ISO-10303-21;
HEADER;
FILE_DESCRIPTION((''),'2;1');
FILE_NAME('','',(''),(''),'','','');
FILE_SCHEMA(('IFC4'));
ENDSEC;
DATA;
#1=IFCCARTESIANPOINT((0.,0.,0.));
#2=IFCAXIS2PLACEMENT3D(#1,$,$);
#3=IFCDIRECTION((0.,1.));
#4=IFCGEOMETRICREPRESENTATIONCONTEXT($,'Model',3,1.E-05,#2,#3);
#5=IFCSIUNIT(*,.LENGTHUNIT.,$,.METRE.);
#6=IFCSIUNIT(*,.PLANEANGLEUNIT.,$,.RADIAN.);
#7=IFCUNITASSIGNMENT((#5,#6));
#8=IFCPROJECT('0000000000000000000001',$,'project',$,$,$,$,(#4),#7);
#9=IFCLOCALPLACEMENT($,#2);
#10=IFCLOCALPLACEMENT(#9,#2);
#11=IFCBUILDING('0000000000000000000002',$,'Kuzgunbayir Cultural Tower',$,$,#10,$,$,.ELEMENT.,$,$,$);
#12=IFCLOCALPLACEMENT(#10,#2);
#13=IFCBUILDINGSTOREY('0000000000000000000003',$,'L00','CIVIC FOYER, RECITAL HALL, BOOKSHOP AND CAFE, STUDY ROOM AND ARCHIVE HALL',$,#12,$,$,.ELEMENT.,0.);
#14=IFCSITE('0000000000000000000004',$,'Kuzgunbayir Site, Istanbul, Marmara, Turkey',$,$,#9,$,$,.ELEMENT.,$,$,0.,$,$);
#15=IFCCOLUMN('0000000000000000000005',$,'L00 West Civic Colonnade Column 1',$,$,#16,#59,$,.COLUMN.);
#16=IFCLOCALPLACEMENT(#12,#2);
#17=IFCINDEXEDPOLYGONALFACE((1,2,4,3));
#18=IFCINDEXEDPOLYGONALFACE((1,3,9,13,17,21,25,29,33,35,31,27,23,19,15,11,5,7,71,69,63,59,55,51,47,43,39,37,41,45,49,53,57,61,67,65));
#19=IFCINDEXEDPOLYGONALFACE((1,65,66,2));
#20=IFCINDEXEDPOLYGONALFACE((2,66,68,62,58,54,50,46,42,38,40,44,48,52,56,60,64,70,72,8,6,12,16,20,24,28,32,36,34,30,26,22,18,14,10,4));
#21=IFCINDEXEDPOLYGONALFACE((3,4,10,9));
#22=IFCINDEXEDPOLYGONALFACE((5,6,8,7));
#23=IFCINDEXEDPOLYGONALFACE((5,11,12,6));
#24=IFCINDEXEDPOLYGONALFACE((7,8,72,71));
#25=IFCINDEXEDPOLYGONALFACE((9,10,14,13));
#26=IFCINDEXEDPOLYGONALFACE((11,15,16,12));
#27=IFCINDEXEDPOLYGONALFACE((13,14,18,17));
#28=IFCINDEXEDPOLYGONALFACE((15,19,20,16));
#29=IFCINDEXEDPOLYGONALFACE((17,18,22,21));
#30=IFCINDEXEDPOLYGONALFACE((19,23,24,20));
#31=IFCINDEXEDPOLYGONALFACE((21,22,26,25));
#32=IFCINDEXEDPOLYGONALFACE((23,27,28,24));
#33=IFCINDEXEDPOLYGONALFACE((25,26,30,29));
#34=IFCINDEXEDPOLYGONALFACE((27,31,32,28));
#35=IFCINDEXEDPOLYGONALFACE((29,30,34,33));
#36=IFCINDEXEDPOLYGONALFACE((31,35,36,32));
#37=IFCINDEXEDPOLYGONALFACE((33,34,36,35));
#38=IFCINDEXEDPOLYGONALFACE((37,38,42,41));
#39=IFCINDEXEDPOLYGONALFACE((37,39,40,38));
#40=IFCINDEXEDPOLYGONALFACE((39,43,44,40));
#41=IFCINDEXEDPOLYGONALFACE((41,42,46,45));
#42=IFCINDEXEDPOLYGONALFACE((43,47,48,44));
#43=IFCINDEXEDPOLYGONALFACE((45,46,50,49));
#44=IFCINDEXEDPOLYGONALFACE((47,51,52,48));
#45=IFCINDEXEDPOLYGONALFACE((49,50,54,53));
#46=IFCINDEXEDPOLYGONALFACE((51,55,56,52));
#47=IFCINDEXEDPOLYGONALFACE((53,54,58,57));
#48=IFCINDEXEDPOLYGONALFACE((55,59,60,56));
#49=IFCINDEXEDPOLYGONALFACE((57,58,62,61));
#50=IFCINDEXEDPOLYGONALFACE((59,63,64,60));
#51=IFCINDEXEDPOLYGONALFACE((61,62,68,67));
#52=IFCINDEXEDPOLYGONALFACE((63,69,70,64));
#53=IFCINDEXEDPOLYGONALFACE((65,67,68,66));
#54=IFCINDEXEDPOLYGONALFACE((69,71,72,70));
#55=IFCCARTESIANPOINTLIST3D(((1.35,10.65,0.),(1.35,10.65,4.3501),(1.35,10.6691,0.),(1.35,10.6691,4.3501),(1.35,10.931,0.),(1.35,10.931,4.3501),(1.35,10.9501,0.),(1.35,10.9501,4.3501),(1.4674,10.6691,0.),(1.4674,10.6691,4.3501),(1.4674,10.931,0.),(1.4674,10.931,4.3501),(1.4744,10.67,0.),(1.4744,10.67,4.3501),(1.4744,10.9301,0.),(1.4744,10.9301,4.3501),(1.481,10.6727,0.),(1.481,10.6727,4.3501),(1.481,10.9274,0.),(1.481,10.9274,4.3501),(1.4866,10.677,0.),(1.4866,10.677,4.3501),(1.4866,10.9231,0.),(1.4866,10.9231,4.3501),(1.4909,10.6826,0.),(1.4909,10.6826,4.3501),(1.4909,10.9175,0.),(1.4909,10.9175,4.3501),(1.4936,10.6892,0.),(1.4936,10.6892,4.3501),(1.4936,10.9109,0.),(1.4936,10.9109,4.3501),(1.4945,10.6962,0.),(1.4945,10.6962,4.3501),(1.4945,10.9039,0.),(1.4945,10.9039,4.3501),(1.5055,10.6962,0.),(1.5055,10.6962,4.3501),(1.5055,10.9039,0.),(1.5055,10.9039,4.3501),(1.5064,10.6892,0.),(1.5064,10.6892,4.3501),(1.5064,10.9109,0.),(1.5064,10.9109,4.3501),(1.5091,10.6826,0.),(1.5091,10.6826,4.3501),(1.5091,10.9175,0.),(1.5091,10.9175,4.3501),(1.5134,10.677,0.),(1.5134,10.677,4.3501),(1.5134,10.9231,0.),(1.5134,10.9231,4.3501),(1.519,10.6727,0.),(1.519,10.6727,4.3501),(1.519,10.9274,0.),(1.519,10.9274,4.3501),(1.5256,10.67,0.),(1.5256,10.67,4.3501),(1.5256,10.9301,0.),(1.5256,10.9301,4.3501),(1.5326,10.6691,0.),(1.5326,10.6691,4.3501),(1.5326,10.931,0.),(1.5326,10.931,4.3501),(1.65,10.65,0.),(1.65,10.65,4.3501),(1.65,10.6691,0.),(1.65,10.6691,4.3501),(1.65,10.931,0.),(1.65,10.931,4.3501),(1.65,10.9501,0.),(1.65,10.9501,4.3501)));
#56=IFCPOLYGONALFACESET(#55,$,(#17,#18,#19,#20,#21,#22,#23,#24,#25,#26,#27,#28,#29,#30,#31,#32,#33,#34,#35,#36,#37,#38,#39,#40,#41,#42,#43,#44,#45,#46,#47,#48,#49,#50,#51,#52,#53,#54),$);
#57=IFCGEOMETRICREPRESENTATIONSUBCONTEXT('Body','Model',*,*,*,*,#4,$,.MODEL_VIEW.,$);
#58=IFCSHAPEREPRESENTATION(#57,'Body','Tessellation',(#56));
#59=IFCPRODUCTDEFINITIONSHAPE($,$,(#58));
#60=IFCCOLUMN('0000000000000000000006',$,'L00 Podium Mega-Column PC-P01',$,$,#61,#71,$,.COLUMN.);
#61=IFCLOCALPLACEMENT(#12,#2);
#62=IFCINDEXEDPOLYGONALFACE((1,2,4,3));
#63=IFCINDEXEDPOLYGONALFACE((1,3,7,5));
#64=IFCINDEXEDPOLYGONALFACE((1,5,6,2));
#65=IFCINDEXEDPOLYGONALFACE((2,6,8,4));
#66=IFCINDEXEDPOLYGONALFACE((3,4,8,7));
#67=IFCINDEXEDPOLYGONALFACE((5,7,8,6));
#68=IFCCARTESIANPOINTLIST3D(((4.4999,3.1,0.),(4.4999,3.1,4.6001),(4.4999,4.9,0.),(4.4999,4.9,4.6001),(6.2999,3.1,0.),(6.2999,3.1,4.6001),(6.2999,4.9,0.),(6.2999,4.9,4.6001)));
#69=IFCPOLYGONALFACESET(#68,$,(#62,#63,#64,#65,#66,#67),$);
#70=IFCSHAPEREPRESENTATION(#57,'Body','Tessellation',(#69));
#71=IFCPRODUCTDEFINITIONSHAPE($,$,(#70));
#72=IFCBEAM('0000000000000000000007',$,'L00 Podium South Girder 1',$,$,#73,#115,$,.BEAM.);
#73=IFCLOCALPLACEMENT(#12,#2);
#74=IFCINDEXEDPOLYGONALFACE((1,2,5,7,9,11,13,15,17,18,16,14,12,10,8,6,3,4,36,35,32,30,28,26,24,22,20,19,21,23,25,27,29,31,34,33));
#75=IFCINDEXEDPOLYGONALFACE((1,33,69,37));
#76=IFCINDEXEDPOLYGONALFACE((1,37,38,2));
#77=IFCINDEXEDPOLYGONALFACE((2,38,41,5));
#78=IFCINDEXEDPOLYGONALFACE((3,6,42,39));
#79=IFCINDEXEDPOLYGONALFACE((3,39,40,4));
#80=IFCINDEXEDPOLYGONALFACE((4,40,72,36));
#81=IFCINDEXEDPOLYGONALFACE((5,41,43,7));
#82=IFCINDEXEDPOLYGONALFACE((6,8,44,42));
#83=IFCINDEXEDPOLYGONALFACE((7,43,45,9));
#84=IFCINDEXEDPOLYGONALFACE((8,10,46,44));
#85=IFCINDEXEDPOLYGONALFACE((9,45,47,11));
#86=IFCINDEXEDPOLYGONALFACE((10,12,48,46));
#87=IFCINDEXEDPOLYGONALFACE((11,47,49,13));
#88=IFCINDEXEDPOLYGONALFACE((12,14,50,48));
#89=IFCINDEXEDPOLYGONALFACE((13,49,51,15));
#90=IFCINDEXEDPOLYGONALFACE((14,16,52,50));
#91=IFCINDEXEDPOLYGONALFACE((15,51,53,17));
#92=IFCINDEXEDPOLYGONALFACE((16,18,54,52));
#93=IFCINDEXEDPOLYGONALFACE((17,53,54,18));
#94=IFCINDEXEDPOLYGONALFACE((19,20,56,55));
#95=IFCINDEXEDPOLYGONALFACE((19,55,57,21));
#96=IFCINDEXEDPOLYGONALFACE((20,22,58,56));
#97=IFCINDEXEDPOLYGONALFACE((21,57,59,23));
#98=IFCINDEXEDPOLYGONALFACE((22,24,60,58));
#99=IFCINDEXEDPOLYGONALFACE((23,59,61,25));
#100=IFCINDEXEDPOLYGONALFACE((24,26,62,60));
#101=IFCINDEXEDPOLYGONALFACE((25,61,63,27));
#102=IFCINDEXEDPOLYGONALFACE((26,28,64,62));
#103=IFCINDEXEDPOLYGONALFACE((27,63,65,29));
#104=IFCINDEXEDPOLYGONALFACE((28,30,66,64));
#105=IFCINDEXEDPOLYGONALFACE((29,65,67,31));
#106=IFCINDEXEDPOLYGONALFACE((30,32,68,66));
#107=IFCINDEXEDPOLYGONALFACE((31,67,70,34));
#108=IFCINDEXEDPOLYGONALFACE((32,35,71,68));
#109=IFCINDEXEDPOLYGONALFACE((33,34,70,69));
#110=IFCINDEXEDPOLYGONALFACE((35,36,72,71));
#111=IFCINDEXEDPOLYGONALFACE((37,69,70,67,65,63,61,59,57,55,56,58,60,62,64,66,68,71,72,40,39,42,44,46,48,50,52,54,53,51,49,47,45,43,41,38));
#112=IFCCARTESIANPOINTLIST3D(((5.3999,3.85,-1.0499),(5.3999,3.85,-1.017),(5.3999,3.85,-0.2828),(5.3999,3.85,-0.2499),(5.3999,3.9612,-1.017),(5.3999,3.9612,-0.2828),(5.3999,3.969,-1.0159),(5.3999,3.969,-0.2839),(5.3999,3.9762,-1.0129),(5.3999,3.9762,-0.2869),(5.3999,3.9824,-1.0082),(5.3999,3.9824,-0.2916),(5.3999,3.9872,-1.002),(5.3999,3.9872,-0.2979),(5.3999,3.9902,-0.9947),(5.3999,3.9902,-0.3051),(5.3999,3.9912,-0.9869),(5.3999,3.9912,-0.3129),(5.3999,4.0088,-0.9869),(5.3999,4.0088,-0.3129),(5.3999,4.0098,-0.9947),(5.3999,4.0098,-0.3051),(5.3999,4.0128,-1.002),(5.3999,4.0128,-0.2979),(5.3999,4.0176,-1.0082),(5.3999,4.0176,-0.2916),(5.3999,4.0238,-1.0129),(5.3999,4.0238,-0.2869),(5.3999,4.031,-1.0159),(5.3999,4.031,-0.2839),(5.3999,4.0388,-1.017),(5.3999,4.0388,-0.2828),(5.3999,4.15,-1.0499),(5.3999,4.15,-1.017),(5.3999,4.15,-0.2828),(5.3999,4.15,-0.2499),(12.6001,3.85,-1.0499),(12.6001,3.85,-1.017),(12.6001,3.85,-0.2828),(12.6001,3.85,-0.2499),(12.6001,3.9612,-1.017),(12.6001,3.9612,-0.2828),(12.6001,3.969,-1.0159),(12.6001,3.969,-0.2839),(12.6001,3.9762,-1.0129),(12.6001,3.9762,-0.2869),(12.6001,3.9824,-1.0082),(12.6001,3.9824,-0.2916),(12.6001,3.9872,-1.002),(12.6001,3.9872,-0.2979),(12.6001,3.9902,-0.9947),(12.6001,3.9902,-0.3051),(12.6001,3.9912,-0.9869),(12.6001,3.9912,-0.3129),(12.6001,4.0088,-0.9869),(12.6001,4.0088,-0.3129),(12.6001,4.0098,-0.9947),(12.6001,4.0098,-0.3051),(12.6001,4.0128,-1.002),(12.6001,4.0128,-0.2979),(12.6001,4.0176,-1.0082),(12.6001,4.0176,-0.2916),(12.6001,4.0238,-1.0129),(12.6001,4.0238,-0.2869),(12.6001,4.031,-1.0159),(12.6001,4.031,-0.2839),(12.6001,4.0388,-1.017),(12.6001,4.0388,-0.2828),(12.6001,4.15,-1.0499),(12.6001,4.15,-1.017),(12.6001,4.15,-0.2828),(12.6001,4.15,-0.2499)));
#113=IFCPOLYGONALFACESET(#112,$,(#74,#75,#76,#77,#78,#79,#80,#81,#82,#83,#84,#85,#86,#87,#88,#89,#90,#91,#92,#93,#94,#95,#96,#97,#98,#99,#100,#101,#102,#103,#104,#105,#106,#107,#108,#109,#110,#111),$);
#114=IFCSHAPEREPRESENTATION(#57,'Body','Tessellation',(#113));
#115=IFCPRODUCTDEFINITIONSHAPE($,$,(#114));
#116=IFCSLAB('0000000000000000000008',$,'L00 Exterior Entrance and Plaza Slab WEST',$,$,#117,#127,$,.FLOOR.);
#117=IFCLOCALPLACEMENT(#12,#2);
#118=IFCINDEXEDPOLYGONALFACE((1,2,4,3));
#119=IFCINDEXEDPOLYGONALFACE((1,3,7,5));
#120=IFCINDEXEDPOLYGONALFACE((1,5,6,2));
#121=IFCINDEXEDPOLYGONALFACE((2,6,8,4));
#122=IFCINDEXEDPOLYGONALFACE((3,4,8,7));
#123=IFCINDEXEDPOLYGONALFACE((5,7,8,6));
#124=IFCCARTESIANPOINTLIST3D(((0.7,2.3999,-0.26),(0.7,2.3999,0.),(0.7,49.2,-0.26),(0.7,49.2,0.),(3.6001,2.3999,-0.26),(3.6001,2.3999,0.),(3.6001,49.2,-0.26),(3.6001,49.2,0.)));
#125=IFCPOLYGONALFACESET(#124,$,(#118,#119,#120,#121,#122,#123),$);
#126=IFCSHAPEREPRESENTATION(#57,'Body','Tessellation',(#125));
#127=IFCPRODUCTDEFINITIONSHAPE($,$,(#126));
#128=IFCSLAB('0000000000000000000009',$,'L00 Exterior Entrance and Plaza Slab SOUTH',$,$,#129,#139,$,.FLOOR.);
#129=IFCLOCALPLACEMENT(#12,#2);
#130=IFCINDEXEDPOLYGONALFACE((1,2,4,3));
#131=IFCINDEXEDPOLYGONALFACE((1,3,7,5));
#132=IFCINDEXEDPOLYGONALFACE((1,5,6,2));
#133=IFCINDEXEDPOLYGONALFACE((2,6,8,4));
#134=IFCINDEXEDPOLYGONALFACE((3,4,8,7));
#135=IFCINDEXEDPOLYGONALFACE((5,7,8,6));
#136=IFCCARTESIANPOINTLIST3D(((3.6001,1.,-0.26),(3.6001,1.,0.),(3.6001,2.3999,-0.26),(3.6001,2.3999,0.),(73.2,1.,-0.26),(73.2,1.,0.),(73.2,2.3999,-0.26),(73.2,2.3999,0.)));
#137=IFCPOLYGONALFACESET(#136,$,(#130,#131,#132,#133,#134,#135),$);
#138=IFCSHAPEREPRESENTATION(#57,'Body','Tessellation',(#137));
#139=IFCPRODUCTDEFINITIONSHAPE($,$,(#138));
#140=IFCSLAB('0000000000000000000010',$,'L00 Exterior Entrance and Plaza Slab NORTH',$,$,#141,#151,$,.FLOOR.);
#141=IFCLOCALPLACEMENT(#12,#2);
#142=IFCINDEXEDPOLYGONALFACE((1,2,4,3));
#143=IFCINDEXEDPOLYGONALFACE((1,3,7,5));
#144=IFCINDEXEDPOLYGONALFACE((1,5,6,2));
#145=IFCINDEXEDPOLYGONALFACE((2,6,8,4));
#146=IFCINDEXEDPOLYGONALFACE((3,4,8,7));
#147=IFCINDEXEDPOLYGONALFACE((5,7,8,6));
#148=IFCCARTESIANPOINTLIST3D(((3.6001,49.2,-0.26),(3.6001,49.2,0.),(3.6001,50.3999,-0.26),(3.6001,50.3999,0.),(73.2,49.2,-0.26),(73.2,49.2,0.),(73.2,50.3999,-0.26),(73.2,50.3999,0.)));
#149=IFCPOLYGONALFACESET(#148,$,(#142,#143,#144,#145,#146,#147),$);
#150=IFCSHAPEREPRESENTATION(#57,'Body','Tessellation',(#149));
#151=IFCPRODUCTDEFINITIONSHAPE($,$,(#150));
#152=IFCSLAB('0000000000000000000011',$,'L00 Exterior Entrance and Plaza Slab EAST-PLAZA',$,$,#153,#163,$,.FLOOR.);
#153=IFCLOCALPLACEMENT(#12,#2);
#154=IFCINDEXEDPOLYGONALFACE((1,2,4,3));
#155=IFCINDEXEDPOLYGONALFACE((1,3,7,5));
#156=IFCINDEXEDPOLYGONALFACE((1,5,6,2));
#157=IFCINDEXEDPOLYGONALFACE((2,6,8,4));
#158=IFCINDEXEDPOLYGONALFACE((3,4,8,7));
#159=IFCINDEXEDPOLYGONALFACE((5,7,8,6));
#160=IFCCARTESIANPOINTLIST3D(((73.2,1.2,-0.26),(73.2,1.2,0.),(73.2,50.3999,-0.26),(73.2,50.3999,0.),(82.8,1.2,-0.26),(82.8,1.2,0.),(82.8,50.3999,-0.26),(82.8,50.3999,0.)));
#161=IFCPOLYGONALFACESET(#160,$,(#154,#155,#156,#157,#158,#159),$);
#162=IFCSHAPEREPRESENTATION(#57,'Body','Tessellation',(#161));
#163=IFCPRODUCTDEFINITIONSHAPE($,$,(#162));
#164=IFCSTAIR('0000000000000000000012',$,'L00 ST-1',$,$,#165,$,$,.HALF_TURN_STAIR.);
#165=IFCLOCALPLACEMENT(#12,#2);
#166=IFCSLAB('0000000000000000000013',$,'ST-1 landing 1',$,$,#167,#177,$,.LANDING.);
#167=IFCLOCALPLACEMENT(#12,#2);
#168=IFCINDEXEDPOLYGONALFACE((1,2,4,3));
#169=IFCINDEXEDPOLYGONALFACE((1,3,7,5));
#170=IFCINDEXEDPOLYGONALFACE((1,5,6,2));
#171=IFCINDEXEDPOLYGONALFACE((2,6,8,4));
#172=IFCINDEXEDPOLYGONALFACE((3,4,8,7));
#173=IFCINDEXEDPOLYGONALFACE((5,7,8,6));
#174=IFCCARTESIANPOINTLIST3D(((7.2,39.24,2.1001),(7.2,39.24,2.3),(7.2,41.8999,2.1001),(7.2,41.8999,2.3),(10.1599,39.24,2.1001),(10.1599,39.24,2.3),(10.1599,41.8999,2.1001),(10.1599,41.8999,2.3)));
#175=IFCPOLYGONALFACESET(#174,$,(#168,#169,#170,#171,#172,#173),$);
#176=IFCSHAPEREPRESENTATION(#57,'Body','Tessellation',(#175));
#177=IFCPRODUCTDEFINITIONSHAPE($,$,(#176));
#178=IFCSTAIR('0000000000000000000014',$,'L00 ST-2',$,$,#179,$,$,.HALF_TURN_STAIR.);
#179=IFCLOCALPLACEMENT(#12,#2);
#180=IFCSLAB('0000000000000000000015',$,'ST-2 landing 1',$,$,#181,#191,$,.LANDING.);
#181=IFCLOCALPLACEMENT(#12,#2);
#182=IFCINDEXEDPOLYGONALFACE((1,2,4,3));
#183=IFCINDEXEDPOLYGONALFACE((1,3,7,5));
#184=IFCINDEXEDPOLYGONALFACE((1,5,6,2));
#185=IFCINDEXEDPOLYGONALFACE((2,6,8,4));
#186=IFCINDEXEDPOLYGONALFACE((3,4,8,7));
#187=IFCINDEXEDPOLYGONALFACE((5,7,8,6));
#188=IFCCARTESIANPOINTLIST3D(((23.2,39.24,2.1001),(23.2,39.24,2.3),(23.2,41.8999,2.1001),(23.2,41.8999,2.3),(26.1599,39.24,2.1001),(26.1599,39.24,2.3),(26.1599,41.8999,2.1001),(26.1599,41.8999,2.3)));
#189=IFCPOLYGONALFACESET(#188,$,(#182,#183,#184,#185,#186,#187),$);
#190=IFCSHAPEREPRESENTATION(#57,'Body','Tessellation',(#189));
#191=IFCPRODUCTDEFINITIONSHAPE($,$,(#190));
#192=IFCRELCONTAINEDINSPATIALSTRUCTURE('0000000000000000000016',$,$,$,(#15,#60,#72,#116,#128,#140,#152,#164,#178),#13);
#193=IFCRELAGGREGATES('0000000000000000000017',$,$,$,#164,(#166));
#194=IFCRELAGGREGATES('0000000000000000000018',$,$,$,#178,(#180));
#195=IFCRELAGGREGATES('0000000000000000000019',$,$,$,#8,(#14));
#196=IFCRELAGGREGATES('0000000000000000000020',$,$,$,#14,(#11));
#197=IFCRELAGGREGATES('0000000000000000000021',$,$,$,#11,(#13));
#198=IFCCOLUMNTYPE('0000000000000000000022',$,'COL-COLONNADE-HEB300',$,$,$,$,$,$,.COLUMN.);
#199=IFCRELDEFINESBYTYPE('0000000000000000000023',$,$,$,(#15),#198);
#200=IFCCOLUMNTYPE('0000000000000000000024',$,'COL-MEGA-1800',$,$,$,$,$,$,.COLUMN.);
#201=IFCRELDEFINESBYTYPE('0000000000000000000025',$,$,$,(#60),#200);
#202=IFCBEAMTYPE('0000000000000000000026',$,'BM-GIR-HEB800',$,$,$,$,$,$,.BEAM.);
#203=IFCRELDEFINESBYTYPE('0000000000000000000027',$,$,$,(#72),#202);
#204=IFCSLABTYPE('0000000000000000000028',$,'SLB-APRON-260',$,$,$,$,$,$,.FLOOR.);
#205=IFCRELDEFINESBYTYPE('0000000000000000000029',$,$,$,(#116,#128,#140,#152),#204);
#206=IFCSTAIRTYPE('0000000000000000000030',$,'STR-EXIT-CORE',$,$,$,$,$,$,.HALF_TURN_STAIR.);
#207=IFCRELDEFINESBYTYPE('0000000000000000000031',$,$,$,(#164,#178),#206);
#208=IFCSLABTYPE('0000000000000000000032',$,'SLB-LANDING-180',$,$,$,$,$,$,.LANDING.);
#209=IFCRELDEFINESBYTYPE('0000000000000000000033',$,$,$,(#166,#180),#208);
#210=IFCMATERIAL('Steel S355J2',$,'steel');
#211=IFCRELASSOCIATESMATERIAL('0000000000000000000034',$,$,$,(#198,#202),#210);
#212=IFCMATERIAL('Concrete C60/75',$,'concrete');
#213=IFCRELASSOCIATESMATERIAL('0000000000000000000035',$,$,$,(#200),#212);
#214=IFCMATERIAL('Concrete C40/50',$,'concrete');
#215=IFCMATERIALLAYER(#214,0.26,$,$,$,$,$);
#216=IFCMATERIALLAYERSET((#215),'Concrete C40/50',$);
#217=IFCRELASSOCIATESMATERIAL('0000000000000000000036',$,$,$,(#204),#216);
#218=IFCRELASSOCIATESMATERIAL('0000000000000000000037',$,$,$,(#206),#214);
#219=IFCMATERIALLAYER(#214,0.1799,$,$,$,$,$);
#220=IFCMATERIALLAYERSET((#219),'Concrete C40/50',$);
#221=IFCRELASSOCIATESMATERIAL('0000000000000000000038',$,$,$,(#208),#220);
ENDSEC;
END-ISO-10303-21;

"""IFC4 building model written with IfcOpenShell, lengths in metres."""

from ifc_helpers import new_model, si_unit, direction, frame, origin, origin_2d, place, context, subcontext, project, spatial, polyline, rectangle, i_section, outline, extrude, material, layer, layer_set, material_profile, profile_set, type_object, element, aggregate, save


model = new_model("IFC4")

# Units and contexts
model_context = context("Model", 3, precision=1e-05, world=origin(), true_north=direction((0.0, 1.0)))
body_context = subcontext(model_context, "Body", "Model", "MODEL_VIEW")
ifc_project = project(units=[si_unit("LENGTHUNIT", "METRE"), si_unit("PLANEANGLEUNIT", "RADIAN")], contexts=[model_context])

# Site, building, storey
site_placement = place(None, origin())
site = spatial("IfcSite", under=ifc_project, at=site_placement, Name="Kuzgunbayir Site, Istanbul, Marmara, Turkey", CompositionType="ELEMENT", RefElevation=0.0)
building_placement = place(site_placement, origin())
building = spatial("IfcBuilding", under=site, at=building_placement, Name="Kuzgunbayir Cultural Tower", CompositionType="ELEMENT")
storey_placement = place(building_placement, origin())
storey = spatial("IfcBuildingStorey", under=building, at=storey_placement, Name="L00", Description="CIVIC FOYER, RECITAL HALL, BOOKSHOP AND CAFE, STUDY ROOM AND ARCHIVE HALL", CompositionType="ELEMENT", Elevation=0.0)

# Columns
ifc_material_1 = material(Name="Steel S355J2", Category="steel")
ifc_material_profile_1 = material_profile(ifc_material_1, i_section(OverallWidth=0.3, OverallDepth=0.3, WebThickness=0.011, FlangeThickness=0.019, FilletRadius=0.0271, at=origin_2d()), Name="HEB 300")
ifc_profile_set_1 = profile_set([ifc_material_profile_1], Name="Steel S355J2")
column_type_1 = type_object("IfcColumnType", Name="COL-COLONNADE-HEB300", PredefinedType="COLUMN", material=ifc_profile_set_1)
column_1_placement = place(storey_placement, frame((1.5, 10.8, 0.0), z_axis=(0.0, 0.0, 1.0), x_axis=(1.0, 0.0, 0.0)))
element("IfcColumn", 1, at=column_1_placement, inside=storey, type_object=column_type_1, Name="L00 West Civic Colonnade Column 1", PredefinedType="COLUMN", context=body_context, shape_type="SweptSolid", body=[
    extrude(i_section(OverallWidth=0.3, OverallDepth=0.3, WebThickness=0.011, FlangeThickness=0.019, FilletRadius=0.0271, at=origin_2d()), origin(), (0.0, 0.0, 1.0), 4.3501),
])
ifc_material_2 = material(Name="Concrete C60/75", Category="concrete")
ifc_material_profile_2 = material_profile(ifc_material_2, rectangle(XDim=1.8, YDim=1.8, at=origin_2d()), Name="RC 1800x1800")
ifc_profile_set_2 = profile_set([ifc_material_profile_2], Name="Concrete C60/75")
column_type_2 = type_object("IfcColumnType", Name="COL-MEGA-1800", PredefinedType="COLUMN", material=ifc_profile_set_2)
column_2_placement = place(storey_placement, frame((5.3999, 4.0, 0.0), z_axis=(0.0, 0.0, 1.0), x_axis=(1.0, 0.0, 0.0)))
element("IfcColumn", 2, at=column_2_placement, inside=storey, type_object=column_type_2, Name="L00 Podium Mega-Column PC-P01", PredefinedType="COLUMN", context=body_context, shape_type="SweptSolid", body=[
    extrude(rectangle(XDim=1.8, YDim=1.8, at=origin_2d()), origin(), (0.0, 0.0, 1.0), 4.6001),
])

# Beam
ifc_material_profile_3 = material_profile(ifc_material_1, i_section(OverallWidth=0.3, OverallDepth=0.8, WebThickness=0.0176, FlangeThickness=0.033, FilletRadius=0.03, at=origin_2d()), Name="HEB 800")
ifc_profile_set_3 = profile_set([ifc_material_profile_3], Name="Steel S355J2")
beam_type = type_object("IfcBeamType", Name="BM-GIR-HEB800", PredefinedType="BEAM", material=ifc_profile_set_3)
beam_placement = place(storey_placement, frame((5.3999, 4.0, -0.6499), z_axis=(1.0, 0.0, 0.0), x_axis=(0.0, 1.0, 0.0)))
element("IfcBeam", 3, at=beam_placement, inside=storey, type_object=beam_type, Name="L00 Podium South Girder 1", PredefinedType="BEAM", context=body_context, shape_type="SweptSolid", body=[
    extrude(i_section(OverallWidth=0.3, OverallDepth=0.8, WebThickness=0.0176, FlangeThickness=0.033, FilletRadius=0.03, at=origin_2d()), origin(), (0.0, 0.0, 1.0), 7.2002),
])

# Slabs
ifc_material_3 = material(Name="Concrete C40/50", Category="concrete")
ifc_layer_1 = layer(ifc_material_3, 0.26)
ifc_layer_set_1 = layer_set([ifc_layer_1], Name="Concrete C40/50")
slab_type_1 = type_object("IfcSlabType", Name="SLB-APRON-260", PredefinedType="FLOOR", material=ifc_layer_set_1)
slab_1_placement = place(storey_placement, frame((0.0, 0.0, -0.26)))
element("IfcSlab", 4, at=slab_1_placement, inside=storey, type_object=slab_type_1, Name="L00 Exterior Entrance and Plaza Slab WEST", PredefinedType="FLOOR", context=body_context, shape_type="SweptSolid", body=[
    extrude(outline(polyline([(0.7, 2.3999), (3.6001, 2.3999), (3.6001, 49.2), (0.7, 49.2), (0.7, 2.3999)])), origin(), (0.0, 0.0, 1.0), 0.26),
])
slab_2_placement = place(storey_placement, frame((0.0, 0.0, -0.26)))
element("IfcSlab", 5, at=slab_2_placement, inside=storey, type_object=slab_type_1, Name="L00 Exterior Entrance and Plaza Slab SOUTH", PredefinedType="FLOOR", context=body_context, shape_type="SweptSolid", body=[
    extrude(outline(polyline([(3.6001, 1.0), (73.2, 1.0), (73.2, 2.3999), (3.6001, 2.3999), (3.6001, 1.0)])), origin(), (0.0, 0.0, 1.0), 0.26),
])
slab_3_placement = place(storey_placement, frame((0.0, 0.0, -0.26)))
element("IfcSlab", 6, at=slab_3_placement, inside=storey, type_object=slab_type_1, Name="L00 Exterior Entrance and Plaza Slab NORTH", PredefinedType="FLOOR", context=body_context, shape_type="SweptSolid", body=[
    extrude(outline(polyline([(3.6001, 49.2), (73.2, 49.2), (73.2, 50.3999), (3.6001, 50.3999), (3.6001, 49.2)])), origin(), (0.0, 0.0, 1.0), 0.26),
])
slab_4_placement = place(storey_placement, frame((0.0, 0.0, -0.26)))
element("IfcSlab", 7, at=slab_4_placement, inside=storey, type_object=slab_type_1, Name="L00 Exterior Entrance and Plaza Slab EAST-PLAZA", PredefinedType="FLOOR", context=body_context, shape_type="SweptSolid", body=[
    extrude(outline(polyline([(73.2, 1.2), (82.8, 1.2), (82.8, 50.3999), (73.2, 50.3999), (73.2, 1.2)])), origin(), (0.0, 0.0, 1.0), 0.26),
])

# Stairs, slabs
stair_type_1 = type_object("IfcStairType", Name="STR-EXIT-CORE", PredefinedType="HALF_TURN_STAIR", material=ifc_material_3)
stair_1_placement = place(storey_placement, origin())
stair_1 = element("IfcStair", 8, at=stair_1_placement, inside=storey, type_object=stair_type_1, Name="L00 ST-1", PredefinedType="HALF_TURN_STAIR")
ifc_layer_2 = layer(ifc_material_3, 0.1799)
ifc_layer_set_2 = layer_set([ifc_layer_2], Name="Concrete C40/50")
slab_type_2 = type_object("IfcSlabType", Name="SLB-LANDING-180", PredefinedType="LANDING", material=ifc_layer_set_2)
slab_5_placement = place(storey_placement, frame((0.0, 0.0, 2.1001)))
slab_5 = element("IfcSlab", 9, at=slab_5_placement, type_object=slab_type_2, Name="ST-1 landing 1", PredefinedType="LANDING", context=body_context, shape_type="SweptSolid", body=[
    extrude(outline(polyline([(10.1599, 39.24), (10.1599, 41.8999), (7.2, 41.8999), (7.2, 39.24), (10.1599, 39.24)])), origin(), (0.0, 0.0, 1.0), 0.2),
])
aggregate(stair_1, [slab_5])
stair_2_placement = place(storey_placement, origin())
stair_2 = element("IfcStair", 10, at=stair_2_placement, inside=storey, type_object=stair_type_1, Name="L00 ST-2", PredefinedType="HALF_TURN_STAIR")
slab_6_placement = place(storey_placement, frame((0.0, 0.0, 2.1001)))
slab_6 = element("IfcSlab", 11, at=slab_6_placement, type_object=slab_type_2, Name="ST-2 landing 1", PredefinedType="LANDING", context=body_context, shape_type="SweptSolid", body=[
    extrude(outline(polyline([(26.1599, 39.24), (26.1599, 41.8999), (23.2, 41.8999), (23.2, 39.24), (26.1599, 39.24)])), origin(), (0.0, 0.0, 1.0), 0.2),
])
aggregate(stair_2, [slab_6])

save(model, "model.ifc")
